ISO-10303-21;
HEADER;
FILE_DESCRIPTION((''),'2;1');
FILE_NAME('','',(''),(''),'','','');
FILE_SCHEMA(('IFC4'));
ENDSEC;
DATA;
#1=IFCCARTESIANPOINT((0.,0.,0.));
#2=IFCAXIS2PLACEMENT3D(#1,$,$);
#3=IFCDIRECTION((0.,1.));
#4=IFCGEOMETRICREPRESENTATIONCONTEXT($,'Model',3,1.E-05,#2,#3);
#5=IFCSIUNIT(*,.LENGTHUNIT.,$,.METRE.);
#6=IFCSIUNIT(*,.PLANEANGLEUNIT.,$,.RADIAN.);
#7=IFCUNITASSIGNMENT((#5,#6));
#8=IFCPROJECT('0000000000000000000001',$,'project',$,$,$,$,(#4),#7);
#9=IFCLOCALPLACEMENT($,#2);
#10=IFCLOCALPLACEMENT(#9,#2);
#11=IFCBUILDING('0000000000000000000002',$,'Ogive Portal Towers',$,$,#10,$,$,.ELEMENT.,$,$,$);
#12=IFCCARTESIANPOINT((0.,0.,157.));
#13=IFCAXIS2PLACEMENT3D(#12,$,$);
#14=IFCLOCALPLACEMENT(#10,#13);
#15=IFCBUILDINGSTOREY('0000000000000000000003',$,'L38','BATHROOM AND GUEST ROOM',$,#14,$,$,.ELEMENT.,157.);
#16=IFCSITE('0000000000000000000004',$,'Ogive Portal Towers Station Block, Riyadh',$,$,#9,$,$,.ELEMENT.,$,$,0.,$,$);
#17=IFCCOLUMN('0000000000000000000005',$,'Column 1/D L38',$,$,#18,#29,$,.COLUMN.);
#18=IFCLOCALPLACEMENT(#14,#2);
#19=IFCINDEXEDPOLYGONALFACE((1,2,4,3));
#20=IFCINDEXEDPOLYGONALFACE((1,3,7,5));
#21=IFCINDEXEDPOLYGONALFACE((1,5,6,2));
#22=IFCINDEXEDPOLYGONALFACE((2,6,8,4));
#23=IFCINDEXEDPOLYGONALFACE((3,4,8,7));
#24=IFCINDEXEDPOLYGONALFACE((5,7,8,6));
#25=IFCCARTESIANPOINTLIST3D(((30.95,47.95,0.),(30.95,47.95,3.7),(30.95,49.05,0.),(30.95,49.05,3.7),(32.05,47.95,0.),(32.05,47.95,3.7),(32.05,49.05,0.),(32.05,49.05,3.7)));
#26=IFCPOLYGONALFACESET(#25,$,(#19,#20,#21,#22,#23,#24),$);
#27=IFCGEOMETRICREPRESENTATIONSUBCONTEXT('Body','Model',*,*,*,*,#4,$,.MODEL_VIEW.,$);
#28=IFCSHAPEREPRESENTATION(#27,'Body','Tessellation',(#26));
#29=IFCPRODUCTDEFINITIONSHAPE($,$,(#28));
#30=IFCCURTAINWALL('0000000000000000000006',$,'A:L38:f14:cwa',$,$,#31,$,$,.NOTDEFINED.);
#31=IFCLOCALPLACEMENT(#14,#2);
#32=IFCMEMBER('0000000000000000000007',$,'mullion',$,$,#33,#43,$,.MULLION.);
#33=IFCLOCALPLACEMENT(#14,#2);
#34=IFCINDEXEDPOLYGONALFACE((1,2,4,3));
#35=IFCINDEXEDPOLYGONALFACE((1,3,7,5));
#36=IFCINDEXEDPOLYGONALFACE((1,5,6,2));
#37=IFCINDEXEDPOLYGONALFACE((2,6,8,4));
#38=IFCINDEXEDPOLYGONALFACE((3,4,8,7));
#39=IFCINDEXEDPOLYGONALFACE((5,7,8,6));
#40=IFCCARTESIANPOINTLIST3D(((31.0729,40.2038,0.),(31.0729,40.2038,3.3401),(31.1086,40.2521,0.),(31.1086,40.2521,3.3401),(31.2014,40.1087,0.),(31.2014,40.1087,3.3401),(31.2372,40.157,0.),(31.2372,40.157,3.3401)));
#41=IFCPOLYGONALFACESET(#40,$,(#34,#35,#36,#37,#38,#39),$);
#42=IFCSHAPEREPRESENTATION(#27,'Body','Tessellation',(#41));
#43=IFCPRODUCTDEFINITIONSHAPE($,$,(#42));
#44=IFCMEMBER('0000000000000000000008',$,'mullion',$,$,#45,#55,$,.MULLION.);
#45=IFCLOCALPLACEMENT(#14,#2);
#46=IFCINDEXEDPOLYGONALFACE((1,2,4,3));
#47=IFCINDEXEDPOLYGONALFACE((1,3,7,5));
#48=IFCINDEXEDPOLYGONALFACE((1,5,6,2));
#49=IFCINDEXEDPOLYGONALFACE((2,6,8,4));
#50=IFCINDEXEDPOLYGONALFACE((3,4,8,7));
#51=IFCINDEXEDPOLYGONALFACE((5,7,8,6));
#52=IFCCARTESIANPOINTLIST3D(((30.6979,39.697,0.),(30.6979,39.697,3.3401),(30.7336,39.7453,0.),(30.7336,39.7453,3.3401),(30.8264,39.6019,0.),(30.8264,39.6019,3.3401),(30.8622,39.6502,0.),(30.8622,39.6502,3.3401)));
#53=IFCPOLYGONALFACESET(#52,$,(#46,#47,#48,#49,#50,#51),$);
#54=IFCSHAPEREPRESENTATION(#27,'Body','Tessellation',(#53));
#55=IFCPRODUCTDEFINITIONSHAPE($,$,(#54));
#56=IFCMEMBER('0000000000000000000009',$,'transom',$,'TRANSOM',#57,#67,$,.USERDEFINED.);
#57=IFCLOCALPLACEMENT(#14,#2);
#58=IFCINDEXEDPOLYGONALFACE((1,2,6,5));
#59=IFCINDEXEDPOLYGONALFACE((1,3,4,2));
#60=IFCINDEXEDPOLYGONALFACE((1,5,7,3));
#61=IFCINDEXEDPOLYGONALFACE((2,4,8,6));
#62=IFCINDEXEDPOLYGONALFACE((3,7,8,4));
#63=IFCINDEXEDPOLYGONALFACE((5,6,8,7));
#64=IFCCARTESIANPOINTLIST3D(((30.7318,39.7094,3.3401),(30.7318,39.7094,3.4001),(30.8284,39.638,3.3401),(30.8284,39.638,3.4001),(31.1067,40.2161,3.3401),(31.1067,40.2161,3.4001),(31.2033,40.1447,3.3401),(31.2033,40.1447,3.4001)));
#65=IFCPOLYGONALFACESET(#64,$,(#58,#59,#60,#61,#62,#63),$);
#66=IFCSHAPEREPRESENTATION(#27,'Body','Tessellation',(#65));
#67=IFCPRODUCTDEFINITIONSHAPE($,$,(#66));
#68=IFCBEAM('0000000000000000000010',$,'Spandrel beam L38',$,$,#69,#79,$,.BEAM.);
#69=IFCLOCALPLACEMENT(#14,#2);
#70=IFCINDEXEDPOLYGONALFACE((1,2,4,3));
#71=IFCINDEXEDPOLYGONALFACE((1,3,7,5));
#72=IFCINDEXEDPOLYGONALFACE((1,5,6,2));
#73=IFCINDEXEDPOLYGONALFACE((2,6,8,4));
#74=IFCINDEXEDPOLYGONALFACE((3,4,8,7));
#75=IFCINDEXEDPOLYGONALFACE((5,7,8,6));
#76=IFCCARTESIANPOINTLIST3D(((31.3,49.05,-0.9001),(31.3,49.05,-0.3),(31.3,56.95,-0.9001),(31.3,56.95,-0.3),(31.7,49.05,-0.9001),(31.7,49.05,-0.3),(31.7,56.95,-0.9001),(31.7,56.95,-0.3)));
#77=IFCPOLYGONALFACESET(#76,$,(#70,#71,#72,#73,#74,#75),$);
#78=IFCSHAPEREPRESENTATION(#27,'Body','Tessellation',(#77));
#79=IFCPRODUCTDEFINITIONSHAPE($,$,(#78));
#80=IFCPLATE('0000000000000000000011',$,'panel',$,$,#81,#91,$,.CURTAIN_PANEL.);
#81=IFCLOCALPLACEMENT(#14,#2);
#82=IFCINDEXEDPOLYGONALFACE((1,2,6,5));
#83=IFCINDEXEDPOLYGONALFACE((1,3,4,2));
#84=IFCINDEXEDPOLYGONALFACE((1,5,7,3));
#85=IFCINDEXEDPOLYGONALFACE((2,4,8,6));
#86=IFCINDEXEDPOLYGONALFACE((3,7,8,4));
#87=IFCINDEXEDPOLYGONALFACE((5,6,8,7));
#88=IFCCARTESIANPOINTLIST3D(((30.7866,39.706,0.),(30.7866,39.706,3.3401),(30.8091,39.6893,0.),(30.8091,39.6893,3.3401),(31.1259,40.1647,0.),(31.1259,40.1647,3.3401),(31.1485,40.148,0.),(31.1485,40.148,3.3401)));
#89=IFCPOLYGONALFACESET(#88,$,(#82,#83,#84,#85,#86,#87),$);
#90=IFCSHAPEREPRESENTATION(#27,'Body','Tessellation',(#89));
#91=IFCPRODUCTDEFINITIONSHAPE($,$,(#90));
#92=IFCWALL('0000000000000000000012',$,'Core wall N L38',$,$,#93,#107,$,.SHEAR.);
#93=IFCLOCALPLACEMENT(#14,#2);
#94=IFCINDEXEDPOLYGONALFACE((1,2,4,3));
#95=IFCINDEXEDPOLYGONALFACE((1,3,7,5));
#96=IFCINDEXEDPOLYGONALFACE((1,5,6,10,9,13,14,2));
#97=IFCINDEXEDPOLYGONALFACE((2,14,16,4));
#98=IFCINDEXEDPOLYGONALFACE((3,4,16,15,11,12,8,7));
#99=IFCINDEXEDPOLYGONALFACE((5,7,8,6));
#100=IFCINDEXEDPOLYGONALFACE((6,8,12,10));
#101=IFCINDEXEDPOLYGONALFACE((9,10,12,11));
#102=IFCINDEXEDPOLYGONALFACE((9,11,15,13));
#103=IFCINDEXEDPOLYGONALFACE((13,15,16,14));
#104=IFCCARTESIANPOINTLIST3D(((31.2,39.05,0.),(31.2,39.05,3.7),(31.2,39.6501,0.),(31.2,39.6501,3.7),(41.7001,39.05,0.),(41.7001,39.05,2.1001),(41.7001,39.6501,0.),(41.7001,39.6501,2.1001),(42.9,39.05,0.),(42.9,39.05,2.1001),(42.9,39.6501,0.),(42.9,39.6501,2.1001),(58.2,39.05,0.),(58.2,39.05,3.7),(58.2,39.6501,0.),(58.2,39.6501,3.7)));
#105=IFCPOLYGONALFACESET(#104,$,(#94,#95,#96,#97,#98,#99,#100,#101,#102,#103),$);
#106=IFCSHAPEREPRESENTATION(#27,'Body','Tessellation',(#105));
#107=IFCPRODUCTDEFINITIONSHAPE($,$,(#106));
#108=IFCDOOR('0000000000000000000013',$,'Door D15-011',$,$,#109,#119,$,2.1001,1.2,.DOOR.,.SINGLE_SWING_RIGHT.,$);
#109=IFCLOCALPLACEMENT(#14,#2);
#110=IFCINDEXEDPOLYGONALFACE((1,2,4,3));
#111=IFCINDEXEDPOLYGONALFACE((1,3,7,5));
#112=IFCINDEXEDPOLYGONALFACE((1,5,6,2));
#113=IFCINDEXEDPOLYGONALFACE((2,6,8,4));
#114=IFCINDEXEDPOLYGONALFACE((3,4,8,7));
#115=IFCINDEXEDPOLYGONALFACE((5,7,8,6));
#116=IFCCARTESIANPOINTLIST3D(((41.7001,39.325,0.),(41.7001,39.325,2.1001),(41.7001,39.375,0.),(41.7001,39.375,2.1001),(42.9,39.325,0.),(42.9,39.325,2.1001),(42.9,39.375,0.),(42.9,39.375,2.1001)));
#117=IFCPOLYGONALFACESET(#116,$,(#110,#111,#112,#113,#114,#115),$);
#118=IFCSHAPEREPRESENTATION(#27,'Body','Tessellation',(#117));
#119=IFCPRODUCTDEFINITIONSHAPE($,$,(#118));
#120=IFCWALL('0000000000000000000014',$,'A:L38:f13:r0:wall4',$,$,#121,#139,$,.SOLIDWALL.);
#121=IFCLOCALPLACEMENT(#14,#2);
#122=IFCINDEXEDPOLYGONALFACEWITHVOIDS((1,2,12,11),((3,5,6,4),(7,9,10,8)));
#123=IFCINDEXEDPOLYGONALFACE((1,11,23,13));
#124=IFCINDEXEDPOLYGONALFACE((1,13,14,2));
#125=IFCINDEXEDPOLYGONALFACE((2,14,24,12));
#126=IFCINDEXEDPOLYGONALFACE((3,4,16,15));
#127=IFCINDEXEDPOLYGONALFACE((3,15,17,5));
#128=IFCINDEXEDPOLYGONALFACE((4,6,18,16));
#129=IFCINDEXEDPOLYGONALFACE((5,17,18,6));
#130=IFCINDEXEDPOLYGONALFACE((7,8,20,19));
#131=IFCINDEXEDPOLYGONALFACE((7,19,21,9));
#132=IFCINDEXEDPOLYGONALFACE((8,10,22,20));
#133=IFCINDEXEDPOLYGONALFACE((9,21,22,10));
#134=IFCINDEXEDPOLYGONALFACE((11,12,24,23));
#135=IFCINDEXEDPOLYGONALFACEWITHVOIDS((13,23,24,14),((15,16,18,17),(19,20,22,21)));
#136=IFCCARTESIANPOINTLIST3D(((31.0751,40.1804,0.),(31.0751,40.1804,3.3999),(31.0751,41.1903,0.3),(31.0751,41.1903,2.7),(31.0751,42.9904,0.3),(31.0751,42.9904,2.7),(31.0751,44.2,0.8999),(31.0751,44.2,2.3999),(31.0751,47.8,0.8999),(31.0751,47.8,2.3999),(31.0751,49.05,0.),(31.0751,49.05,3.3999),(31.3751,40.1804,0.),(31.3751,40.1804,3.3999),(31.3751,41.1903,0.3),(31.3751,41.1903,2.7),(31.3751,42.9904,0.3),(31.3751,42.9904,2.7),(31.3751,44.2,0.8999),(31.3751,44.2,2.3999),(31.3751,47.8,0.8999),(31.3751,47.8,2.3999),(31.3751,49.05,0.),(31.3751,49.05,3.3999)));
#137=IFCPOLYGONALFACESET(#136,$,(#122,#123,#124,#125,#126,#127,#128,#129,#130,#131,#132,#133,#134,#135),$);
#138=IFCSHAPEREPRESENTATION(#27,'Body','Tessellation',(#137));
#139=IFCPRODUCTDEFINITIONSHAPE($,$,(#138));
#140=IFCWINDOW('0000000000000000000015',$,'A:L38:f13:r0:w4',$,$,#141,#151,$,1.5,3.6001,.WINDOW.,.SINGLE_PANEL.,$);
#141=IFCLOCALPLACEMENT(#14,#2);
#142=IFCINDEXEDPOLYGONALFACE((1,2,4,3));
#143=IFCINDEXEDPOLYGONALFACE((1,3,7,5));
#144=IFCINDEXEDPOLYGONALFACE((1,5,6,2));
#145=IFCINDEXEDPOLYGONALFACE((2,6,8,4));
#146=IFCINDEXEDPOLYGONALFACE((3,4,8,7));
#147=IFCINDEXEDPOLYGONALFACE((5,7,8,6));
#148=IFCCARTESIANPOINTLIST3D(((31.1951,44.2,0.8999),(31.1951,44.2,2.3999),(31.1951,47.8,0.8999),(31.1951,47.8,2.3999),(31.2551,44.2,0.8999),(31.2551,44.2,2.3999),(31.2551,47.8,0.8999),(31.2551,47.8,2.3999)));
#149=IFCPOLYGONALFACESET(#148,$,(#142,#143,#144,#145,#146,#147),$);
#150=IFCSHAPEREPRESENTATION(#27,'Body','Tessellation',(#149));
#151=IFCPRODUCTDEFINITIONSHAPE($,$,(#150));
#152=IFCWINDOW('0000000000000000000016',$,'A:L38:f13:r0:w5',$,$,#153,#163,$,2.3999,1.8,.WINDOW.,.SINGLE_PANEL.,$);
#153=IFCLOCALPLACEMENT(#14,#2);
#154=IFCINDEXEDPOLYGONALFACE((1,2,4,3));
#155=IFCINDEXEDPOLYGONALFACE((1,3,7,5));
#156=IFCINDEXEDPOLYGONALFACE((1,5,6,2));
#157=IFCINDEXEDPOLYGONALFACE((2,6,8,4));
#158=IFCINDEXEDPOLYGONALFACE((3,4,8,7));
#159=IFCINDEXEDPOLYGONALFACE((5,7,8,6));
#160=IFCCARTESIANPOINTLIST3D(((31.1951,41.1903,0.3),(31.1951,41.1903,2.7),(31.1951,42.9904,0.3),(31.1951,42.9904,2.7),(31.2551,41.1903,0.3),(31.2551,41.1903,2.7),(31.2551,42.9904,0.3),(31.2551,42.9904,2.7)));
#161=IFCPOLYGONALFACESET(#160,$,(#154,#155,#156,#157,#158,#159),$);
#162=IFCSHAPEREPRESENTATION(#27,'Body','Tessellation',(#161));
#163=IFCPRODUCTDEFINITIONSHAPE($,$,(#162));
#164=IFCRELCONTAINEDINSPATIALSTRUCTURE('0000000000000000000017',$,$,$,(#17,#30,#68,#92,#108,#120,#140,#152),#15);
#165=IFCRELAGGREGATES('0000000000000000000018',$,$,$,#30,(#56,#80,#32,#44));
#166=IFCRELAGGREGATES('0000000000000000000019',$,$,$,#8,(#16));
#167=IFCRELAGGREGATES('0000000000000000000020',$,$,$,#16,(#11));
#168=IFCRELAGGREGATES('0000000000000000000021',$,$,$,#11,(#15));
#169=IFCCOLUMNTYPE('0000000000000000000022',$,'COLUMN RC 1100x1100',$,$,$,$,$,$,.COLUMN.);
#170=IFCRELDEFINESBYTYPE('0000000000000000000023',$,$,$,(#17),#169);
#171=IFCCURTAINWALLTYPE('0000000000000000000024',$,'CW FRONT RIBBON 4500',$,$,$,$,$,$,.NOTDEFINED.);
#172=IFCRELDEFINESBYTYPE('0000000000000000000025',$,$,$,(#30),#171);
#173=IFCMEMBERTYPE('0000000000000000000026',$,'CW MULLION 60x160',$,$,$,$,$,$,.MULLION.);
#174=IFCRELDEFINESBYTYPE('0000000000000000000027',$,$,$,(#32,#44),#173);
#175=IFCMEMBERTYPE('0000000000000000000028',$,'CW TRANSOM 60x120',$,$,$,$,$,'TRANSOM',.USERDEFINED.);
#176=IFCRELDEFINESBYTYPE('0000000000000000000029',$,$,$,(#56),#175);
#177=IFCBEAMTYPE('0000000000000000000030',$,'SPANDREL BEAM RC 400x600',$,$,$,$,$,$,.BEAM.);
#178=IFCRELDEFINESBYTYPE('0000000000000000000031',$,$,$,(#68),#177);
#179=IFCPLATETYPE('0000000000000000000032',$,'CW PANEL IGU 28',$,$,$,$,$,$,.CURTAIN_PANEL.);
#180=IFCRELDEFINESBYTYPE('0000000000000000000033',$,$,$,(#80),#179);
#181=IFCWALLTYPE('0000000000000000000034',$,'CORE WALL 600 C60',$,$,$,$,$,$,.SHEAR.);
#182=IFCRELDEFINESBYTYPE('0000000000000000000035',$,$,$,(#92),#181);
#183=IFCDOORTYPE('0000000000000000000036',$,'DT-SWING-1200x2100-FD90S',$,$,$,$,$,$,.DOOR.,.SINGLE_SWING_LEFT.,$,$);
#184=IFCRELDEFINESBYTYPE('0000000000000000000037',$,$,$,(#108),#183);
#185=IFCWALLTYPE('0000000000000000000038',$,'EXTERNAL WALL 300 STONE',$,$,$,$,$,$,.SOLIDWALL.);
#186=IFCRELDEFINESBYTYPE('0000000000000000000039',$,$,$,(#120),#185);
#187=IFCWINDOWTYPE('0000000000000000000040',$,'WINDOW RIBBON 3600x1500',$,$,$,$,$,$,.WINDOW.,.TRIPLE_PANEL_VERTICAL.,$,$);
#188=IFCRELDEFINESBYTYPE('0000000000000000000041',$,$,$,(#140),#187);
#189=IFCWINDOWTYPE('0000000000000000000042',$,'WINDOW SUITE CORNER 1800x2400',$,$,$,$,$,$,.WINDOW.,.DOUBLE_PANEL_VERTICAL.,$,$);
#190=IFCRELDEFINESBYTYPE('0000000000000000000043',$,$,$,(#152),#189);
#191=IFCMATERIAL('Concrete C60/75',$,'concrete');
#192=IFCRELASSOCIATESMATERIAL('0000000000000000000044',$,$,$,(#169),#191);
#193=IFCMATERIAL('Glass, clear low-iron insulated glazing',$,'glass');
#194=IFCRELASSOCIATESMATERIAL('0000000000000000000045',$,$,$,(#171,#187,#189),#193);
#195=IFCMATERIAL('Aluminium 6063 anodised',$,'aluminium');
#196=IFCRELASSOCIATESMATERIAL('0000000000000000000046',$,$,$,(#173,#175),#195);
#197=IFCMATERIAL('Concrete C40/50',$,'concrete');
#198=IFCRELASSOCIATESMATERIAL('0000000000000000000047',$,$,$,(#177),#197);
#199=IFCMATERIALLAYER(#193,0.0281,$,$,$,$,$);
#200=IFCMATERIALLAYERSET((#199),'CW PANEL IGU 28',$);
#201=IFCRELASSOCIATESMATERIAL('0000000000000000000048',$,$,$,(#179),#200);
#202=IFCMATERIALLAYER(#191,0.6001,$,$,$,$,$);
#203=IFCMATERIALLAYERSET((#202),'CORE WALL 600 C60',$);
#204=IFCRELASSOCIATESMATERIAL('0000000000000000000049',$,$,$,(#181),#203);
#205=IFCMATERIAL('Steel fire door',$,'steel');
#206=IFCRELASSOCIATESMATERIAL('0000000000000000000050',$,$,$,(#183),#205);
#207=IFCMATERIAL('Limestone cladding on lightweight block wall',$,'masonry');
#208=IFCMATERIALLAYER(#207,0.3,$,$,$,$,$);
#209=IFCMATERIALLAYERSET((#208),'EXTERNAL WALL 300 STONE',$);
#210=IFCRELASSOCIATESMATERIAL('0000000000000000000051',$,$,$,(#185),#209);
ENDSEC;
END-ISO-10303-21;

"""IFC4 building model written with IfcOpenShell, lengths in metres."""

from ifc_helpers import new_model, si_unit, direction, frame, frame_2d, origin, origin_2d, place, context, subcontext, project, spatial, rectangle, extrude, material, layer, layer_set, material_profile, profile_set, type_object, element, fill, aggregate, save


model = new_model("IFC4")

# Units and contexts
model_context = context("Model", 3, precision=1e-05, world=origin(), true_north=direction((0.0, 1.0)))
body_context = subcontext(model_context, "Body", "Model", "MODEL_VIEW")
ifc_project = project(units=[si_unit("LENGTHUNIT", "METRE"), si_unit("PLANEANGLEUNIT", "RADIAN")], contexts=[model_context])

# Site, building, storey
site_placement = place(None, origin())
site = spatial("IfcSite", under=ifc_project, at=site_placement, Name="Ogive Portal Towers Station Block, Riyadh", CompositionType="ELEMENT", RefElevation=0.0)
building_placement = place(site_placement, origin())
building = spatial("IfcBuilding", under=site, at=building_placement, Name="Ogive Portal Towers", CompositionType="ELEMENT")
storey_placement = place(building_placement, frame((0.0, 0.0, 157.0)))
storey = spatial("IfcBuildingStorey", under=building, at=storey_placement, Name="L38", Description="BATHROOM AND GUEST ROOM", CompositionType="ELEMENT", Elevation=157.0)

# Column
ifc_material_1 = material(Name="Concrete C60/75", Category="concrete")
ifc_material_profile_1 = material_profile(ifc_material_1, rectangle(XDim=1.1001, YDim=1.1001, at=origin_2d()), Name="RC 1100x1100")
ifc_profile_set_1 = profile_set([ifc_material_profile_1], Name="Concrete C60/75")
column_type = type_object("IfcColumnType", Name="COLUMN RC 1100x1100", PredefinedType="COLUMN", material=ifc_profile_set_1)
column_placement = place(storey_placement, frame((31.5, 48.5, 0.0), z_axis=(0.0, 0.0, 1.0), x_axis=(1.0, 0.0, 0.0)))
element("IfcColumn", 1, at=column_placement, inside=storey, type_object=column_type, Name="Column 1/D L38", PredefinedType="COLUMN", context=body_context, shape_type="SweptSolid", body=[
    extrude(rectangle(XDim=1.1001, YDim=1.1001, at=origin_2d()), origin(), (0.0, 0.0, 1.0), 3.7),
])

# Curtain wall, members
ifc_material_2 = material(Name="Glass, clear low-iron insulated glazing", Category="glass")
curtain_wall_type = type_object("IfcCurtainWallType", Name="CW FRONT RIBBON 4500", PredefinedType="NOTDEFINED", material=ifc_material_2)
curtain_wall_placement = place(storey_placement, origin())
curtain_wall = element("IfcCurtainWall", 2, at=curtain_wall_placement, inside=storey, type_object=curtain_wall_type, Name="A:L38:f14:cwa", PredefinedType="NOTDEFINED")
ifc_material_3 = material(Name="Aluminium 6063 anodised", Category="aluminium")
ifc_material_profile_2 = material_profile(ifc_material_3, rectangle(XDim=0.1599, YDim=0.0601, at=origin_2d()), Name="AL 60x160")
ifc_profile_set_2 = profile_set([ifc_material_profile_2], Name="Aluminium 6063 anodised")
member_type_1 = type_object("IfcMemberType", Name="CW MULLION 60x160", PredefinedType="MULLION", material=ifc_profile_set_2)
member_1_placement = place(storey_placement, frame((31.155, 40.1804, 0.0), z_axis=(0.0, 0.0, 1.0), x_axis=(0.803867, -0.594809, 0.0)))
member_1 = element("IfcMember", 3, at=member_1_placement, type_object=member_type_1, Name="mullion", PredefinedType="MULLION", context=body_context, shape_type="SweptSolid", body=[
    extrude(rectangle(XDim=0.1599, YDim=0.0601, at=origin_2d()), origin(), (0.0, 0.0, 1.0), 3.3401),
])
member_2_placement = place(storey_placement, frame((30.78, 39.6736, 0.0), z_axis=(0.0, 0.0, 1.0), x_axis=(0.803867, -0.594809, 0.0)))
member_2 = element("IfcMember", 4, at=member_2_placement, type_object=member_type_1, Name="mullion", PredefinedType="MULLION", context=body_context, shape_type="SweptSolid", body=[
    extrude(rectangle(XDim=0.1599, YDim=0.0601, at=origin_2d()), origin(), (0.0, 0.0, 1.0), 3.3401),
])
ifc_material_profile_3 = material_profile(ifc_material_3, rectangle(XDim=0.1201, YDim=0.0601, at=origin_2d()), Name="AL 120x60")
ifc_profile_set_3 = profile_set([ifc_material_profile_3], Name="Aluminium 6063 anodised")
member_type_2 = type_object("IfcMemberType", Name="CW TRANSOM 60x120", ElementType="TRANSOM", PredefinedType="USERDEFINED", material=ifc_profile_set_3)
member_3_placement = place(storey_placement, frame((31.155, 40.1804, 3.3701), z_axis=(-0.594783, -0.803886, 0.0), x_axis=(0.803886, -0.594783, 0.0)))
member_3 = element("IfcMember", 5, at=member_3_placement, type_object=member_type_2, Name="transom", ObjectType="TRANSOM", PredefinedType="USERDEFINED", context=body_context, shape_type="SweptSolid", body=[
    extrude(rectangle(XDim=0.1201, YDim=0.0601, at=origin_2d()), origin(), (0.0, 0.0, 1.0), 0.6304),
])

# Beam
ifc_material_4 = material(Name="Concrete C40/50", Category="concrete")
ifc_material_profile_4 = material_profile(ifc_material_4, rectangle(XDim=0.3999, YDim=0.6001, at=origin_2d()), Name="RC 400x600")
ifc_profile_set_4 = profile_set([ifc_material_profile_4], Name="Concrete C40/50")
beam_type = type_object("IfcBeamType", Name="SPANDREL BEAM RC 400x600", PredefinedType="BEAM", material=ifc_profile_set_4)
beam_placement = place(storey_placement, frame((31.5, 49.05, -0.6001), z_axis=(0.0, 1.0, 0.0), x_axis=(-1.0, 0.0, 0.0)))
element("IfcBeam", 6, at=beam_placement, inside=storey, type_object=beam_type, Name="Spandrel beam L38", PredefinedType="BEAM", context=body_context, shape_type="SweptSolid", body=[
    extrude(rectangle(XDim=0.3999, YDim=0.6001, at=origin_2d()), origin(), (0.0, 0.0, 1.0), 7.8999),
])

# Plate
ifc_layer_1 = layer(ifc_material_2, 0.0281)
ifc_layer_set_1 = layer_set([ifc_layer_1], Name="CW PANEL IGU 28")
plate_type = type_object("IfcPlateType", Name="CW PANEL IGU 28", PredefinedType="CURTAIN_PANEL", material=ifc_layer_set_1)
plate_placement = place(storey_placement, frame((30.9675, 39.927, 0.0), z_axis=(0.0, 0.0, 1.0), x_axis=(-0.594809, -0.803867, 0.0)))
plate = element("IfcPlate", 7, at=plate_placement, type_object=plate_type, Name="panel", PredefinedType="CURTAIN_PANEL", context=body_context, shape_type="SweptSolid", body=[
    extrude(rectangle(XDim=0.5706, YDim=0.0281, at=origin_2d()), origin(), (0.0, 0.0, 1.0), 3.3401),
])
aggregate(curtain_wall, [member_3, plate, member_1, member_2])

# Wall, opening, door
ifc_layer_2 = layer(ifc_material_1, 0.6001)
ifc_layer_set_2 = layer_set([ifc_layer_2], Name="CORE WALL 600 C60")
wall_type_1 = type_object("IfcWallType", Name="CORE WALL 600 C60", PredefinedType="SHEAR", material=ifc_layer_set_2)
wall_1_placement = place(storey_placement, frame((31.2, 39.3501, 0.0), z_axis=(0.0, 0.0, 1.0), x_axis=(1.0, 0.0, 0.0)))
wall_1 = element("IfcWall", 8, at=wall_1_placement, inside=storey, type_object=wall_type_1, Name="Core wall N L38", PredefinedType="SHEAR", context=body_context, shape_type="SweptSolid", body=[
    extrude(rectangle(XDim=27.0, YDim=0.6001, at=frame_2d((13.5, 0.0))), origin(), (0.0, 0.0, 1.0), 3.7),
])
opening_1_placement = place(wall_1_placement, frame((10.5, 0.0, 0.0)))
opening_1 = element("IfcOpeningElement", 9, at=opening_1_placement, cuts=wall_1, PredefinedType="OPENING", context=body_context, shape_type="SweptSolid", body=[
    extrude(rectangle(XDim=1.2, YDim=2.1001, at=frame_2d((0.6001, 1.05))), frame((0.0, 0.3101, 0.0), z_axis=(0.0, -1.0, 0.0), x_axis=(1.0, 0.0, 0.0)), (0.0, 0.0, 1.0), 0.6201),
])
ifc_material_5 = material(Name="Steel fire door", Category="steel")
door_type_1 = type_object("IfcDoorType", Name="DT-SWING-1200x2100-FD90S", OperationType="SINGLE_SWING_LEFT", PredefinedType="DOOR", material=ifc_material_5)
door_1_placement = place(opening_1_placement, origin())
door_1 = element("IfcDoor", 10, at=door_1_placement, inside=storey, type_object=door_type_1, Name="Door D15-011", OperationType="SINGLE_SWING_RIGHT", OverallHeight=2.1001, OverallWidth=1.2, PredefinedType="DOOR", context=body_context, shape_type="SweptSolid", body=[
    extrude(rectangle(XDim=1.2, YDim=2.1001, at=frame_2d((0.6001, 1.05))), frame((0.0, 0.0249, 0.0), z_axis=(0.0, -1.0, 0.0), x_axis=(1.0, 0.0, 0.0)), (0.0, 0.0, 1.0), 0.05),
])
fill(opening_1, door_1)

# Wall, openings, windows
ifc_material_6 = material(Name="Limestone cladding on lightweight block wall", Category="masonry")
ifc_layer_3 = layer(ifc_material_6, 0.3)
ifc_layer_set_3 = layer_set([ifc_layer_3], Name="EXTERNAL WALL 300 STONE")
wall_type_2 = type_object("IfcWallType", Name="EXTERNAL WALL 300 STONE", PredefinedType="SOLIDWALL", material=ifc_layer_set_3)
wall_2_placement = place(storey_placement, frame((31.2251, 49.05, 0.0), z_axis=(0.0, 0.0, 1.0), x_axis=(0.0, -1.0, 0.0)))
wall_2 = element("IfcWall", 11, at=wall_2_placement, inside=storey, type_object=wall_type_2, Name="A:L38:f13:r0:wall4", PredefinedType="SOLIDWALL", context=body_context, shape_type="SweptSolid", body=[
    extrude(rectangle(XDim=8.8696, YDim=0.3, at=frame_2d((4.4348, 0.0))), origin(), (0.0, 0.0, 1.0), 3.3999),
])
opening_2_placement = place(wall_2_placement, frame((1.25, 0.0, 0.8999)))
opening_2 = element("IfcOpeningElement", 12, at=opening_2_placement, cuts=wall_2, PredefinedType="OPENING", context=body_context, shape_type="SweptSolid", body=[
    extrude(rectangle(XDim=3.6001, YDim=1.5, at=frame_2d((1.8, 0.75))), frame((0.0, 0.1602, 0.0), z_axis=(0.0, -1.0, 0.0), x_axis=(1.0, 0.0, 0.0)), (0.0, 0.0, 1.0), 0.3201),
])
opening_3_placement = place(wall_2_placement, frame((6.0598, 0.0, 0.3)))
opening_3 = element("IfcOpeningElement", 13, at=opening_3_placement, cuts=wall_2, PredefinedType="OPENING", context=body_context, shape_type="SweptSolid", body=[
    extrude(rectangle(XDim=1.8, YDim=2.3999, at=frame_2d((0.8999, 1.2))), frame((0.0, 0.1602, 0.0), z_axis=(0.0, -1.0, 0.0), x_axis=(1.0, 0.0, 0.0)), (0.0, 0.0, 1.0), 0.3201),
])
window_type_1 = type_object("IfcWindowType", Name="WINDOW RIBBON 3600x1500", PartitioningType="TRIPLE_PANEL_VERTICAL", PredefinedType="WINDOW", material=ifc_material_2)
window_1_placement = place(opening_2_placement, origin())
window_1 = element("IfcWindow", 14, at=window_1_placement, inside=storey, type_object=window_type_1, Name="A:L38:f13:r0:w4", OverallHeight=1.5, OverallWidth=3.6001, PartitioningType="SINGLE_PANEL", PredefinedType="WINDOW", context=body_context, shape_type="SweptSolid", body=[
    extrude(rectangle(XDim=3.6001, YDim=1.5, at=frame_2d((1.8, 0.75))), frame((0.0, 0.03, 0.0), z_axis=(0.0, -1.0, 0.0), x_axis=(1.0, 0.0, 0.0)), (0.0, 0.0, 1.0), 0.0601),
])
fill(opening_2, window_1)
window_type_2 = type_object("IfcWindowType", Name="WINDOW SUITE CORNER 1800x2400", PartitioningType="DOUBLE_PANEL_VERTICAL", PredefinedType="WINDOW", material=ifc_material_2)
window_2_placement = place(opening_3_placement, origin())
window_2 = element("IfcWindow", 15, at=window_2_placement, inside=storey, type_object=window_type_2, Name="A:L38:f13:r0:w5", OverallHeight=2.3999, OverallWidth=1.8, PartitioningType="SINGLE_PANEL", PredefinedType="WINDOW", context=body_context, shape_type="SweptSolid", body=[
    extrude(rectangle(XDim=1.8, YDim=2.3999, at=frame_2d((0.8999, 1.2))), frame((0.0, 0.03, 0.0), z_axis=(0.0, -1.0, 0.0), x_axis=(1.0, 0.0, 0.0)), (0.0, 0.0, 1.0), 0.0601),
])
fill(opening_3, window_2)

save(model, "model.ifc")
